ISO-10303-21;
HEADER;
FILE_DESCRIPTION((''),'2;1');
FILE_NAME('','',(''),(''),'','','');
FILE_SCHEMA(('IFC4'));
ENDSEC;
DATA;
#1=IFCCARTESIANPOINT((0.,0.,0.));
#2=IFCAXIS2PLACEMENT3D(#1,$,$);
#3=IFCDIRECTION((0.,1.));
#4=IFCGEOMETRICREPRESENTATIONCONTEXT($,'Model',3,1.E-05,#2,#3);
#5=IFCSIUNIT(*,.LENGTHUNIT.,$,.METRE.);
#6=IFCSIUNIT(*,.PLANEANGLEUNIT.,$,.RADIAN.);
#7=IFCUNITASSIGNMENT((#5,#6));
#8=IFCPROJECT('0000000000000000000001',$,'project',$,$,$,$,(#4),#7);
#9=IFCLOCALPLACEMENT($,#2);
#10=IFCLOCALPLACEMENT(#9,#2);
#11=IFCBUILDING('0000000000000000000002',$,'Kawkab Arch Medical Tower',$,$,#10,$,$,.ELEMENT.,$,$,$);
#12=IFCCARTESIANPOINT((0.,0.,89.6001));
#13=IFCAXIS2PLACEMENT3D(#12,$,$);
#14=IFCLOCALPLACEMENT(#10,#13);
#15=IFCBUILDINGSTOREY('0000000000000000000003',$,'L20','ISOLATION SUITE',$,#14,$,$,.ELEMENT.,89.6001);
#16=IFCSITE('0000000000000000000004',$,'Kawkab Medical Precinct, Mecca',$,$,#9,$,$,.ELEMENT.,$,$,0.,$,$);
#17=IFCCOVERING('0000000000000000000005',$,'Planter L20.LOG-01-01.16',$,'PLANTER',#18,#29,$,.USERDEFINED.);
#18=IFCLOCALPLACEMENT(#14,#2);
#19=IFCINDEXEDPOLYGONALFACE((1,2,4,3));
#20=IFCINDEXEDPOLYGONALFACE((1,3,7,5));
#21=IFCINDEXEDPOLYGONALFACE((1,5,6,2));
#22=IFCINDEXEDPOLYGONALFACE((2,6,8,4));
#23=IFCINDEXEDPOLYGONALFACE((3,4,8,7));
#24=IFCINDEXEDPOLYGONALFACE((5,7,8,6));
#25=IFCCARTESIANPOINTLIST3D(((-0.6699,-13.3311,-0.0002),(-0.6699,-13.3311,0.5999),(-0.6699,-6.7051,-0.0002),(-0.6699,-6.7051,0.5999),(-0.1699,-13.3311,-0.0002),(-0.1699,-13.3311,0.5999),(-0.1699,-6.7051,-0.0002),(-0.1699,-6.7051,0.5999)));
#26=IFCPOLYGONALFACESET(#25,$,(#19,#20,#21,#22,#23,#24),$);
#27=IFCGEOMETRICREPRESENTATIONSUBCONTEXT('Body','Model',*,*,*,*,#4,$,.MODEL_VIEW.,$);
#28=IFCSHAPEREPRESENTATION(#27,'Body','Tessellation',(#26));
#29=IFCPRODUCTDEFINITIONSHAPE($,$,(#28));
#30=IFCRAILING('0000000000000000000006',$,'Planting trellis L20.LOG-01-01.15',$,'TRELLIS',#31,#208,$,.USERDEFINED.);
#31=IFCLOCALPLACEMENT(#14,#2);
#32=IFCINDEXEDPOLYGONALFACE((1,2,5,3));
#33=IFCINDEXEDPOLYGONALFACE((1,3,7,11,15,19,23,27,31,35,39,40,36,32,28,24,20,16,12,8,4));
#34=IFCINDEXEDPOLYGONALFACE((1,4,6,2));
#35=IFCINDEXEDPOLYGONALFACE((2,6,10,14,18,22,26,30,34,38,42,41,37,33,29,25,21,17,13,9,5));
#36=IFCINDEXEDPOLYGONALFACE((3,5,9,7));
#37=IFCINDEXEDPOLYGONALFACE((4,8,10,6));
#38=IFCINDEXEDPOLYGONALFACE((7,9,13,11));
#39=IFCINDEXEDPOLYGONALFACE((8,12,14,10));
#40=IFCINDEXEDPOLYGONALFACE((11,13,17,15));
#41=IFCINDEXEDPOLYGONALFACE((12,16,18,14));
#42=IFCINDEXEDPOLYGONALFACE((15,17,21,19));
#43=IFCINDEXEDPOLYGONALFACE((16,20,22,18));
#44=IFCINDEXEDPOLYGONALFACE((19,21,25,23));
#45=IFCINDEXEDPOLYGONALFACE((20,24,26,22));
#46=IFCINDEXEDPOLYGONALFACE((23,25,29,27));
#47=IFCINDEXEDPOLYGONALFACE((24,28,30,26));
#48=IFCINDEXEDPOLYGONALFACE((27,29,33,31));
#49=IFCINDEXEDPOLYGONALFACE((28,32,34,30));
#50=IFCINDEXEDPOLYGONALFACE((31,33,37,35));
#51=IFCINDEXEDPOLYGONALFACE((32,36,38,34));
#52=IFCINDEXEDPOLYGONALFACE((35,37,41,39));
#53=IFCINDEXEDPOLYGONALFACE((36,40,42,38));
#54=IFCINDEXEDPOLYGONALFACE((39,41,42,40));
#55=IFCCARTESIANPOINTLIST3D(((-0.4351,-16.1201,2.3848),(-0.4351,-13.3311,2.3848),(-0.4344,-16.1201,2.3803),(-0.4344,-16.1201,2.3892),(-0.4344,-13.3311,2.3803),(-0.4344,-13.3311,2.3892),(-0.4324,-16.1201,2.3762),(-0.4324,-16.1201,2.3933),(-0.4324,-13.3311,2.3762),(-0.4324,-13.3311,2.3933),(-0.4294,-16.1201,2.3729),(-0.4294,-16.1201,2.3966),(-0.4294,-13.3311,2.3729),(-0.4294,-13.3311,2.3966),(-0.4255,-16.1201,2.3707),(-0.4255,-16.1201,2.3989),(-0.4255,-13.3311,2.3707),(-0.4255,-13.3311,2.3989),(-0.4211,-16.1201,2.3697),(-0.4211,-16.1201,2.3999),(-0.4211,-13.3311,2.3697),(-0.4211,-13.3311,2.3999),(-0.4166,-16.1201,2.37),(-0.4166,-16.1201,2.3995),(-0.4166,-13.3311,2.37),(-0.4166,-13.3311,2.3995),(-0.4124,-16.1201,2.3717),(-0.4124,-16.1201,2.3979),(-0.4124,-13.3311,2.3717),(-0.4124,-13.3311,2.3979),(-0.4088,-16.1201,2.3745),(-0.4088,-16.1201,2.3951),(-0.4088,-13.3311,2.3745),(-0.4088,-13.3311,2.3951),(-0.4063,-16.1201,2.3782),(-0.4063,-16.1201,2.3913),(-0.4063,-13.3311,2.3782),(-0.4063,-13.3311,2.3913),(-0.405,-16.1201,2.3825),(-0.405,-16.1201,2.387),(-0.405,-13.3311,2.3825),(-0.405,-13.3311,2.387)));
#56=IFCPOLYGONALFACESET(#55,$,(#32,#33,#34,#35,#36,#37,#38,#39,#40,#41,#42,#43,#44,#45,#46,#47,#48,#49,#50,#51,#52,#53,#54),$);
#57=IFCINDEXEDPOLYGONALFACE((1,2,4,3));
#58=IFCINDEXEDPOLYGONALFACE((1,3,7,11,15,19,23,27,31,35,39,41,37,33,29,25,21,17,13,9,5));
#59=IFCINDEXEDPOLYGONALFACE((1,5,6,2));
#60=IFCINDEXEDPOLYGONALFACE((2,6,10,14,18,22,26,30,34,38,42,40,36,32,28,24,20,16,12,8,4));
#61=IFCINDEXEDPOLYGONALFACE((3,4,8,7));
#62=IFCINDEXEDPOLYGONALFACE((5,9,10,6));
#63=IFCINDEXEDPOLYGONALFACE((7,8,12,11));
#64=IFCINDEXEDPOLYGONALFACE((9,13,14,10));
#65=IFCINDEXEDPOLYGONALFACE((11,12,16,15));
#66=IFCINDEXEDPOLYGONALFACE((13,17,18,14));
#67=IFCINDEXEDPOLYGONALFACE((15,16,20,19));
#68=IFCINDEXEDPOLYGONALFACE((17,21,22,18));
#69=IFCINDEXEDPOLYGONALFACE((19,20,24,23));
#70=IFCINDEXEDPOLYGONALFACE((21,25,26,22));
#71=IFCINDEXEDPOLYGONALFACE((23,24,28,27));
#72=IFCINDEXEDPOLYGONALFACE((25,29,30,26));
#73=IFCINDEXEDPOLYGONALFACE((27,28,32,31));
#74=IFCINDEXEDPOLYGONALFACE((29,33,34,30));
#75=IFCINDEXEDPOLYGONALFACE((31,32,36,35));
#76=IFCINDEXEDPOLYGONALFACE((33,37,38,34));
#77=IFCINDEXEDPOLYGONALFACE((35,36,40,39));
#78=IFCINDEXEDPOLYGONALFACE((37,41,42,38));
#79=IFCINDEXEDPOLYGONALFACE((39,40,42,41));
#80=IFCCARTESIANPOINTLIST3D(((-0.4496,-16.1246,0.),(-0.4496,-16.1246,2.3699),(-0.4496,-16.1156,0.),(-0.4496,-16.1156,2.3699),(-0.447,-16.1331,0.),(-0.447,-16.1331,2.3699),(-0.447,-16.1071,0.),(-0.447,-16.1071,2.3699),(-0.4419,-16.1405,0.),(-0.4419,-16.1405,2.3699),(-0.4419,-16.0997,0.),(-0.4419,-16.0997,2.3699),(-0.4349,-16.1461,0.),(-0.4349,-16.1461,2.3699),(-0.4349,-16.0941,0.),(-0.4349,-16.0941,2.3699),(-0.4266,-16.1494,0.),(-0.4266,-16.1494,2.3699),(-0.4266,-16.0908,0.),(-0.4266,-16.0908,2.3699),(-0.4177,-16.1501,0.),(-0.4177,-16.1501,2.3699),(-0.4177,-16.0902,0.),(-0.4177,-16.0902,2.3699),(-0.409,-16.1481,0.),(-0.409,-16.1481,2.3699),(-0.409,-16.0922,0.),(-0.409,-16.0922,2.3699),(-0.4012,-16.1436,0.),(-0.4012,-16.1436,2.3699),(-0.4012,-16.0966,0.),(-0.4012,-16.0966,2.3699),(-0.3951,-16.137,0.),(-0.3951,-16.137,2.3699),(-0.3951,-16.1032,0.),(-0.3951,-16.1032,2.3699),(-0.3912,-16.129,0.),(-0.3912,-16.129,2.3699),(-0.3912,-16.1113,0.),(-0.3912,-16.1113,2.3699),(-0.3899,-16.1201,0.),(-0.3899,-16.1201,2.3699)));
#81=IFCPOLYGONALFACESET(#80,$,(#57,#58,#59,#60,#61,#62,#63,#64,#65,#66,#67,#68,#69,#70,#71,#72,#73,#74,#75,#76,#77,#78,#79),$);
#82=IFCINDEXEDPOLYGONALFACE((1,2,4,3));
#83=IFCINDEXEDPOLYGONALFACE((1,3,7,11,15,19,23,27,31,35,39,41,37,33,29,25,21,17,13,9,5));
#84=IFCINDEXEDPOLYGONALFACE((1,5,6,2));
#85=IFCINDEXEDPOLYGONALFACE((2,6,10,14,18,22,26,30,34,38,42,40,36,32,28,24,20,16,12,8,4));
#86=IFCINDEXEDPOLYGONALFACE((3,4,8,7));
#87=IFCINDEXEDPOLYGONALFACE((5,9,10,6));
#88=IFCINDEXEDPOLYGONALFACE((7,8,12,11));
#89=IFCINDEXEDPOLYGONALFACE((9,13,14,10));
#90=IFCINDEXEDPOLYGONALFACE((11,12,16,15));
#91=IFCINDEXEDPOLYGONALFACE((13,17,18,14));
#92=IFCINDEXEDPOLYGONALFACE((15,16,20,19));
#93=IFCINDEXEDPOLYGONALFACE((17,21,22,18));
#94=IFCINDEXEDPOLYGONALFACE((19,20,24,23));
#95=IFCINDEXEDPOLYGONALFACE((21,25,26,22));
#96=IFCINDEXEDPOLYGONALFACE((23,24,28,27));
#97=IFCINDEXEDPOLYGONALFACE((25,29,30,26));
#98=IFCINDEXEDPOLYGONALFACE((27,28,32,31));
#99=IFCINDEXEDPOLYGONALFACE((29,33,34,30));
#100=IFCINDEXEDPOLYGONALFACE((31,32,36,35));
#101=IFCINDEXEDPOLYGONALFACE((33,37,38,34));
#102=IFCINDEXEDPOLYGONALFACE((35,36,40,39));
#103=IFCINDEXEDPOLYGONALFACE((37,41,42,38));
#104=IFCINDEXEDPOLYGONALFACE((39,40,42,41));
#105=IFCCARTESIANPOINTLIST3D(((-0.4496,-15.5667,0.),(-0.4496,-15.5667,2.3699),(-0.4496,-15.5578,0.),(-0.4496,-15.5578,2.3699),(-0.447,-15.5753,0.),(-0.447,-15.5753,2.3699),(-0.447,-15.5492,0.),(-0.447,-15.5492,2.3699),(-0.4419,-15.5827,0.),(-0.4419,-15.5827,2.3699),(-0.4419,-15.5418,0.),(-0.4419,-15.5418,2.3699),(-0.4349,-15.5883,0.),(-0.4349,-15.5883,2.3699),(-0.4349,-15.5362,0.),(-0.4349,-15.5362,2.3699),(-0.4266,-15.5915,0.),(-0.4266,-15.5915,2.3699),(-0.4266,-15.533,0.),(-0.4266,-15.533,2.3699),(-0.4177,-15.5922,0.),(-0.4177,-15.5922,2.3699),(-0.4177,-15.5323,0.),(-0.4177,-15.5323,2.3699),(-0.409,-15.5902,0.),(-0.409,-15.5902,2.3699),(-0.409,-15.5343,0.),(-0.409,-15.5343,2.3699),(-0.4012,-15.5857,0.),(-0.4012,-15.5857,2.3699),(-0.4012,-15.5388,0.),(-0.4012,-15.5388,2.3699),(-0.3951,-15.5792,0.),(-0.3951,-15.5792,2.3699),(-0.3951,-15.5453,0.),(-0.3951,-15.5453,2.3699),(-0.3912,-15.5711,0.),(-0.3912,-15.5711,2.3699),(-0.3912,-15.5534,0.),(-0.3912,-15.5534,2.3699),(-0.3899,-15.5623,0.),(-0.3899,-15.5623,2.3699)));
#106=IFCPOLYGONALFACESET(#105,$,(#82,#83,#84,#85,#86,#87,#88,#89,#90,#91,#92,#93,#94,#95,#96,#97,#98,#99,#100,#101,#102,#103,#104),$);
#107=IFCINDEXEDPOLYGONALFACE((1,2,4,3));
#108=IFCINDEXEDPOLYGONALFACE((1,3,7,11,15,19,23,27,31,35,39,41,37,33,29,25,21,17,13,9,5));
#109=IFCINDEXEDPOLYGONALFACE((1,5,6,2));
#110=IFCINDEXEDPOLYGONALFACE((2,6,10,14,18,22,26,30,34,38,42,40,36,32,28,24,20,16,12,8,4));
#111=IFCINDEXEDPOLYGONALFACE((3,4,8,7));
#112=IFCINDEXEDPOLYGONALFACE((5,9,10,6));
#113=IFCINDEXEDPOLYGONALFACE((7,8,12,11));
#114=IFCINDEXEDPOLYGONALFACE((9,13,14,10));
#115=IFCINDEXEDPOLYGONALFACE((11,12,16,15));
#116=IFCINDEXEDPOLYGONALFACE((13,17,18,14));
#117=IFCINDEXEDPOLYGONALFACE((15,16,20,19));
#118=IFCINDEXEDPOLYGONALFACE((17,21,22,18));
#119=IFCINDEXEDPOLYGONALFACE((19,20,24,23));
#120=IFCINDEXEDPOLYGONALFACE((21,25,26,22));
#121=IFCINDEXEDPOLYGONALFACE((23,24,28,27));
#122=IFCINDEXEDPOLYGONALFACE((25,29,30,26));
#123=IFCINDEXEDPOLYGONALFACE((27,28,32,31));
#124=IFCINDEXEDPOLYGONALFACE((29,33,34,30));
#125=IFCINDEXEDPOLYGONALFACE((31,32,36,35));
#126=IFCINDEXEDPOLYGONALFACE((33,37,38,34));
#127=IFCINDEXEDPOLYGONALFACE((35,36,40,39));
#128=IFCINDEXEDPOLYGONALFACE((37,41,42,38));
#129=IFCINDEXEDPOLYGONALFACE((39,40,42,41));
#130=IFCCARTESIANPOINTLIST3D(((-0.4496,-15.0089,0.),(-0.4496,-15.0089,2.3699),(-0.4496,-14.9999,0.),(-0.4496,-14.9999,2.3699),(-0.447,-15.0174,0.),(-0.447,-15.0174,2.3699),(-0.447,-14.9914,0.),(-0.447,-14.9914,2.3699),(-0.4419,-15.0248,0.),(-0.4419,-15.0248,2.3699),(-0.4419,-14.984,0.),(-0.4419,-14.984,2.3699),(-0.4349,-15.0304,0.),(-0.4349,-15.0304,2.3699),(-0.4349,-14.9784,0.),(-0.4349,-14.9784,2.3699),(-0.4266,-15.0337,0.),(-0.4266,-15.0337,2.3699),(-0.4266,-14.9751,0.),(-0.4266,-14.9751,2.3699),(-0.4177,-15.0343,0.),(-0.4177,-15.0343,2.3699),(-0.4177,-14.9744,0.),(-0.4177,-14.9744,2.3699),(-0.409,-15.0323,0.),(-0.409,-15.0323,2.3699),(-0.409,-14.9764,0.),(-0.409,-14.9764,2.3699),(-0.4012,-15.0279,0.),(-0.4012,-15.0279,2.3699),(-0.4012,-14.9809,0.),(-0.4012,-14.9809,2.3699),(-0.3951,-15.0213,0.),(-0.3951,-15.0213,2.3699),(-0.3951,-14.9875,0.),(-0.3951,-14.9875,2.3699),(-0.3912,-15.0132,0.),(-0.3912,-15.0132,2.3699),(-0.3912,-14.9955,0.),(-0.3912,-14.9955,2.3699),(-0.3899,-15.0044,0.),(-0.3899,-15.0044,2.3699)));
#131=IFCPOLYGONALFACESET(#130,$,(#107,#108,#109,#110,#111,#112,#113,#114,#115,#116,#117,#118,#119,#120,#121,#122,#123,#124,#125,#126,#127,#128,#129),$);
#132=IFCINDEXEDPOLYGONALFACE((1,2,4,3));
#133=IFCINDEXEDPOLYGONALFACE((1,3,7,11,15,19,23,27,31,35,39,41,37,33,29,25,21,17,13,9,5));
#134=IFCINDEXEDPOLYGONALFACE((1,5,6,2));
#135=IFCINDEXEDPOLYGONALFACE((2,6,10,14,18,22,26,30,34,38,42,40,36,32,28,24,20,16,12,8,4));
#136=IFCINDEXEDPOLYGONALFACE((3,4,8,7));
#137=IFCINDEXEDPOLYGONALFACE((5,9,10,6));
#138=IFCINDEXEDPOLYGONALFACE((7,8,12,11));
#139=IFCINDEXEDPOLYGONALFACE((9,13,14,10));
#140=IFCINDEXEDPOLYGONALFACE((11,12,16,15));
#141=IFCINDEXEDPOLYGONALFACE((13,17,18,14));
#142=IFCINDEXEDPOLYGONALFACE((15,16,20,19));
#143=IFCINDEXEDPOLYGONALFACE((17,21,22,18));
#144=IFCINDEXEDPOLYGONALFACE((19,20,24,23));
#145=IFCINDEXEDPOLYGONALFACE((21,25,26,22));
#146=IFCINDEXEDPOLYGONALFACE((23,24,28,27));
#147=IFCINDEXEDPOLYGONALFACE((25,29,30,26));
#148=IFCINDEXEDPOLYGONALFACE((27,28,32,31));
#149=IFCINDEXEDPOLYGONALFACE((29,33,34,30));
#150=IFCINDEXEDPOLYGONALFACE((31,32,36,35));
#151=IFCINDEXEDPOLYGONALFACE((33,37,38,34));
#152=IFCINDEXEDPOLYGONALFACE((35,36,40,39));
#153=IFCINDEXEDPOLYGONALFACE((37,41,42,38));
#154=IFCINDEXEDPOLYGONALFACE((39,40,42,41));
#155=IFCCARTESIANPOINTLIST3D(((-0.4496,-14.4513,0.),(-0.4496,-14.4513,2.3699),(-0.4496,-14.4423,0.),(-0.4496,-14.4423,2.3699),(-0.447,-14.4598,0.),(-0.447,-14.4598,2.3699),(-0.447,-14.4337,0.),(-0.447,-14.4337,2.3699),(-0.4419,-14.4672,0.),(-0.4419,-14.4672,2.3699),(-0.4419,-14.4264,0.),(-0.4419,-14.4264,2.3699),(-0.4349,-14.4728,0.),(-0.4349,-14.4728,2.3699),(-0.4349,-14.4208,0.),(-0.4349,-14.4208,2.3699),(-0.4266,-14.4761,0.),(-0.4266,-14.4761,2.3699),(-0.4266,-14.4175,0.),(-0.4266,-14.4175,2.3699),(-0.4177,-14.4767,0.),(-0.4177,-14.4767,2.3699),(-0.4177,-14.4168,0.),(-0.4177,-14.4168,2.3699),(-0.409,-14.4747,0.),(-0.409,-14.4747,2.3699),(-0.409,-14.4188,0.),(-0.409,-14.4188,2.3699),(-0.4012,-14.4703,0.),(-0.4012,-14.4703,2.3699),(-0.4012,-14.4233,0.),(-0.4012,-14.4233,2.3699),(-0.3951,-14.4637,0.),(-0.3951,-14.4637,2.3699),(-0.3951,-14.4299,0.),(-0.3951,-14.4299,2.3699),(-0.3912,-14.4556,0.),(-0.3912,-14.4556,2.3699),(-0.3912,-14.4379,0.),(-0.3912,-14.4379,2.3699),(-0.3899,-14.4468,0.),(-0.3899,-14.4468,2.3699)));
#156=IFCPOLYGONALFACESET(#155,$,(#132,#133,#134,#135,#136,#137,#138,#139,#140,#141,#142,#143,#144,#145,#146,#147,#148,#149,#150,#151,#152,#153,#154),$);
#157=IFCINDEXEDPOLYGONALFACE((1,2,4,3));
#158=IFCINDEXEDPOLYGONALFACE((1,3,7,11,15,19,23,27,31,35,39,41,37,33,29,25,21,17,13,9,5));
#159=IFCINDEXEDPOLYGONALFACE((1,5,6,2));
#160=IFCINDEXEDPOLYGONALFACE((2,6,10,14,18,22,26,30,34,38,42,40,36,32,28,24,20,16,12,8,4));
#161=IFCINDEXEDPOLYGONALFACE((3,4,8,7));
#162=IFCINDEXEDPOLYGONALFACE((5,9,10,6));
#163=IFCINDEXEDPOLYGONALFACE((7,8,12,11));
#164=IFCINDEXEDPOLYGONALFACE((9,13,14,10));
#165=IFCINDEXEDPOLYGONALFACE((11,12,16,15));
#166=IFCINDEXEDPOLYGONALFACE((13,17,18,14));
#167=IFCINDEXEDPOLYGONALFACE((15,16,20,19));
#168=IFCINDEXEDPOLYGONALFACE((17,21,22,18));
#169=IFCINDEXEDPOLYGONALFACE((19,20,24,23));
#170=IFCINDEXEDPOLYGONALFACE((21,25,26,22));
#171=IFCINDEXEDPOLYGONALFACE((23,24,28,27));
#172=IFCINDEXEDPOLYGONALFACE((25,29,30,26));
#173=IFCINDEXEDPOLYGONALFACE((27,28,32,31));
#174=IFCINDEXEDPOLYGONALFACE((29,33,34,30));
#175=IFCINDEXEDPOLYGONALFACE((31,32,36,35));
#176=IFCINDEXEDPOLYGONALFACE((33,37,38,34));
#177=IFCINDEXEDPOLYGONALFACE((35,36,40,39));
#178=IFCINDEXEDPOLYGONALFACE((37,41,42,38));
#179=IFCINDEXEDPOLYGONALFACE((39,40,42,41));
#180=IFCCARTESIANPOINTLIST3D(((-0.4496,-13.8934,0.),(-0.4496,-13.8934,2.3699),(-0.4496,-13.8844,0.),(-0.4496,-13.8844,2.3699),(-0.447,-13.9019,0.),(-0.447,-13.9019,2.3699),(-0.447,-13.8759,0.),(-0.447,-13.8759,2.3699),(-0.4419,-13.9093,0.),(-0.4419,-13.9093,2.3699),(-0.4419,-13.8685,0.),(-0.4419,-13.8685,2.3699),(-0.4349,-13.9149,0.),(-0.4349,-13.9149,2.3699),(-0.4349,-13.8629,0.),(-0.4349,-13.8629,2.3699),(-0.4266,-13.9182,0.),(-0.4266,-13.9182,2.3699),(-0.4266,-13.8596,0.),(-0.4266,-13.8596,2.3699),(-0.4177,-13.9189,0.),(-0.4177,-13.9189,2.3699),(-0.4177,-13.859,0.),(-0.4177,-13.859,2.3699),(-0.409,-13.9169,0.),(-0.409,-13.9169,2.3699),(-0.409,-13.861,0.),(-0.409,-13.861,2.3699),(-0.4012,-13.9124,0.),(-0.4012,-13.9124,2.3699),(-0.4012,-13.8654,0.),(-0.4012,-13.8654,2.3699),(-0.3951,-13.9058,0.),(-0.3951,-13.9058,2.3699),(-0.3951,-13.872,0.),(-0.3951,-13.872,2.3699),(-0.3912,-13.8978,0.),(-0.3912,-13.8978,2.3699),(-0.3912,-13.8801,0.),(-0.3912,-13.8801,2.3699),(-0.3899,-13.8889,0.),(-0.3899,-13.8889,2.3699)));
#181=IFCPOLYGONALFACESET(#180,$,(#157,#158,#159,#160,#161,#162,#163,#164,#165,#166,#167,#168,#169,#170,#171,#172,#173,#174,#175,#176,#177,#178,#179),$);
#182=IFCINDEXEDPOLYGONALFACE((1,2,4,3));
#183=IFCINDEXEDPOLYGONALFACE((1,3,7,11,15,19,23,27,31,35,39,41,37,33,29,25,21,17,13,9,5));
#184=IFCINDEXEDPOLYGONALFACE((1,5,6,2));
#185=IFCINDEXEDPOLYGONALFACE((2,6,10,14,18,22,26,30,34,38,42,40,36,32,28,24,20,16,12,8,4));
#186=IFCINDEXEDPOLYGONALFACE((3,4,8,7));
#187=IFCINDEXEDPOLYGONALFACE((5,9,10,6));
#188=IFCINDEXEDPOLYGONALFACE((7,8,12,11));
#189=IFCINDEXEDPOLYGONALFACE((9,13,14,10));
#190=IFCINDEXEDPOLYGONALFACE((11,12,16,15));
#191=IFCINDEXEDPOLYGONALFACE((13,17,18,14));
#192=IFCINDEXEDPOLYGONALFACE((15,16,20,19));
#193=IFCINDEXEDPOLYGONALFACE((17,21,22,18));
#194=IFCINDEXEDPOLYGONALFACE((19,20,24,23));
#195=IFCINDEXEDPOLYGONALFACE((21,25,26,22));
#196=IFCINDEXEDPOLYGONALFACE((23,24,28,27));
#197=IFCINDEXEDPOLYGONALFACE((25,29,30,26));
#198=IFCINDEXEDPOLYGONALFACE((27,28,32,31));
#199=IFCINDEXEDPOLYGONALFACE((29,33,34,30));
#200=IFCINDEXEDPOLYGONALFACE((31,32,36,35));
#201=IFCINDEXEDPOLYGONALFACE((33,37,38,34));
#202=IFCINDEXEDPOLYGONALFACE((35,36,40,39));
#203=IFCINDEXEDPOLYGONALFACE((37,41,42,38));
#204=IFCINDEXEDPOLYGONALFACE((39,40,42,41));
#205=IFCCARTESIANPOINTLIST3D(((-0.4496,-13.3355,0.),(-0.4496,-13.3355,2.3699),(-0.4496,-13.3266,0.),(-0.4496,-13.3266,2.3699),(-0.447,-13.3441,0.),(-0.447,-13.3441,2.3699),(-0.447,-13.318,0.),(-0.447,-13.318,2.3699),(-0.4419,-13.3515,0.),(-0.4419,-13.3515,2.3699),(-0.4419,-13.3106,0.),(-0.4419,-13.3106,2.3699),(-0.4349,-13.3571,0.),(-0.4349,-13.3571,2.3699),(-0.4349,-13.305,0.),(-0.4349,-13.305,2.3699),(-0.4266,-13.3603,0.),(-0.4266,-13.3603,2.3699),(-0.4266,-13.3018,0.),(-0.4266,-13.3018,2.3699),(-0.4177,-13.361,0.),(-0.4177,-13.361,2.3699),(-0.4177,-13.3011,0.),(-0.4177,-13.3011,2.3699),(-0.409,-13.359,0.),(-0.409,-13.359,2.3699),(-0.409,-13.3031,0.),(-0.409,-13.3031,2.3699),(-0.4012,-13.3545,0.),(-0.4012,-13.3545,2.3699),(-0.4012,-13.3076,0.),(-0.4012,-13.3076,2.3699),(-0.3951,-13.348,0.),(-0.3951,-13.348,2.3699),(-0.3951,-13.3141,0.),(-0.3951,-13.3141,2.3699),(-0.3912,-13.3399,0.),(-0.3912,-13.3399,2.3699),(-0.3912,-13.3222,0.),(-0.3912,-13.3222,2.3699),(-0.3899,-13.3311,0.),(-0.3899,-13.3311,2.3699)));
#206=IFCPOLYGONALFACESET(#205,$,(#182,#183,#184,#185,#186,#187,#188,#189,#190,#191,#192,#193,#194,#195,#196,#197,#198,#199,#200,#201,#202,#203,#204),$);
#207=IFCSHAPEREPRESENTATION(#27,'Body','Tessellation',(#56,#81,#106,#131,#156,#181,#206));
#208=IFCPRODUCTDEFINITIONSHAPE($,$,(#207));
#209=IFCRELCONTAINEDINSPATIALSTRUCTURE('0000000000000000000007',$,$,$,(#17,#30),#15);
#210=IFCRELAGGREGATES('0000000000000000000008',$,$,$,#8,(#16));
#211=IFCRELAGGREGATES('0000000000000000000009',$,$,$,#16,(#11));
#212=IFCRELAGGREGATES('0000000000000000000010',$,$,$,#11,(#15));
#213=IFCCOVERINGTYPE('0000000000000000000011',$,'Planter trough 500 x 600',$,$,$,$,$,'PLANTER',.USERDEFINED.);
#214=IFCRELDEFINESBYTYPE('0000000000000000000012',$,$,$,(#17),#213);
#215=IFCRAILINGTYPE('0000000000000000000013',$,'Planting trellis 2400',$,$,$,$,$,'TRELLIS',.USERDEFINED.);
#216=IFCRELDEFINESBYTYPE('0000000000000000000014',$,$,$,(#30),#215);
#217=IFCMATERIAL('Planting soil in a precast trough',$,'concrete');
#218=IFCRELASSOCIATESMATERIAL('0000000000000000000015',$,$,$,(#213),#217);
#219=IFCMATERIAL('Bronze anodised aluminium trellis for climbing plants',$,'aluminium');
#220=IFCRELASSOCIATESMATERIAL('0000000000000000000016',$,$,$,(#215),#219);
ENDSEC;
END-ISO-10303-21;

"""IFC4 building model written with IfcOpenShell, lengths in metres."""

from ifc_helpers import new_model, si_unit, direction, frame, origin, origin_2d, place, context, subcontext, project, spatial, rectangle, circle, extrude, material, material_profile, profile_set, type_object, element, save


model = new_model("IFC4")

# Units and contexts
model_context = context("Model", 3, precision=1e-05, world=origin(), true_north=direction((0.0, 1.0)))
body_context = subcontext(model_context, "Body", "Model", "MODEL_VIEW")
ifc_project = project(units=[si_unit("LENGTHUNIT", "METRE"), si_unit("PLANEANGLEUNIT", "RADIAN")], contexts=[model_context])

# Site, building, storey
site_placement = place(None, origin())
site = spatial("IfcSite", under=ifc_project, at=site_placement, Name="Kawkab Medical Precinct, Mecca", CompositionType="ELEMENT", RefElevation=0.0)
building_placement = place(site_placement, origin())
building = spatial("IfcBuilding", under=site, at=building_placement, Name="Kawkab Arch Medical Tower", CompositionType="ELEMENT")
storey_placement = place(building_placement, frame((0.0, 0.0, 89.6001)))
storey = spatial("IfcBuildingStorey", under=building, at=storey_placement, Name="L20", Description="ISOLATION SUITE", CompositionType="ELEMENT", Elevation=89.6001)

# Covering
ifc_material_1 = material(Name="Planting soil in a precast trough", Category="concrete")
ifc_material_profile_1 = material_profile(ifc_material_1, rectangle(XDim=0.5, YDim=0.6001, at=origin_2d()), Name="Trough 500x600")
ifc_profile_set_1 = profile_set([ifc_material_profile_1], Name="Planting soil in a precast trough")
covering_type = type_object("IfcCoveringType", Name="Planter trough 500 x 600", ElementType="PLANTER", PredefinedType="USERDEFINED", material=ifc_profile_set_1)
covering_1_placement = place(storey_placement, frame((-0.4199, -13.3311, 0.2998), z_axis=(0.0, 1.0, 0.0), x_axis=(-1.0, 0.0, 0.0)))
element("IfcCovering", 1, at=covering_1_placement, inside=storey, type_object=covering_type, Name="Planter L20.LOG-01-01.16", ObjectType="PLANTER", PredefinedType="USERDEFINED", context=body_context, shape_type="SweptSolid", body=[
    extrude(rectangle(XDim=0.5, YDim=0.6001, at=origin_2d()), origin(), (0.0, 0.0, 1.0), 6.626),
])

# Railing
ifc_material_2 = material(Name="Bronze anodised aluminium trellis for climbing plants", Category="aluminium")
railing_type_1 = type_object("IfcRailingType", Name="Planting trellis 2400", ElementType="TRELLIS", PredefinedType="USERDEFINED", material=ifc_material_2)
railing_1_placement = place(storey_placement, frame((-0.4199, -16.1201, 0.0)))
element("IfcRailing", 2, at=railing_1_placement, inside=storey, type_object=railing_type_1, Name="Planting trellis L20.LOG-01-01.15", ObjectType="TRELLIS", PredefinedType="USERDEFINED", context=body_context, shape_type="SweptSolid", body=[
    extrude(circle(Radius=0.0151, at=origin_2d()), frame((0.0, 0.0, 2.3848), z_axis=(0.0, 1.0, 0.0), x_axis=(-1.0, 0.0, 0.0)), (0.0, 0.0, 1.0), 2.7891),
    extrude(circle(Radius=0.03, at=origin_2d()), origin(), (0.0, 0.0, 1.0), 2.3699),
    extrude(circle(Radius=0.03, at=origin_2d()), frame((0.0, 0.5579, 0.0)), (0.0, 0.0, 1.0), 2.3699),
    extrude(circle(Radius=0.03, at=origin_2d()), frame((0.0, 1.1157, 0.0)), (0.0, 0.0, 1.0), 2.3699),
    extrude(circle(Radius=0.03, at=origin_2d()), frame((0.0, 1.6733, 0.0)), (0.0, 0.0, 1.0), 2.3699),
    extrude(circle(Radius=0.03, at=origin_2d()), frame((0.0, 2.2312, 0.0)), (0.0, 0.0, 1.0), 2.3699),
    extrude(circle(Radius=0.03, at=origin_2d()), frame((0.0, 2.7891, 0.0)), (0.0, 0.0, 1.0), 2.3699),
])

save(model, "model.ifc")
